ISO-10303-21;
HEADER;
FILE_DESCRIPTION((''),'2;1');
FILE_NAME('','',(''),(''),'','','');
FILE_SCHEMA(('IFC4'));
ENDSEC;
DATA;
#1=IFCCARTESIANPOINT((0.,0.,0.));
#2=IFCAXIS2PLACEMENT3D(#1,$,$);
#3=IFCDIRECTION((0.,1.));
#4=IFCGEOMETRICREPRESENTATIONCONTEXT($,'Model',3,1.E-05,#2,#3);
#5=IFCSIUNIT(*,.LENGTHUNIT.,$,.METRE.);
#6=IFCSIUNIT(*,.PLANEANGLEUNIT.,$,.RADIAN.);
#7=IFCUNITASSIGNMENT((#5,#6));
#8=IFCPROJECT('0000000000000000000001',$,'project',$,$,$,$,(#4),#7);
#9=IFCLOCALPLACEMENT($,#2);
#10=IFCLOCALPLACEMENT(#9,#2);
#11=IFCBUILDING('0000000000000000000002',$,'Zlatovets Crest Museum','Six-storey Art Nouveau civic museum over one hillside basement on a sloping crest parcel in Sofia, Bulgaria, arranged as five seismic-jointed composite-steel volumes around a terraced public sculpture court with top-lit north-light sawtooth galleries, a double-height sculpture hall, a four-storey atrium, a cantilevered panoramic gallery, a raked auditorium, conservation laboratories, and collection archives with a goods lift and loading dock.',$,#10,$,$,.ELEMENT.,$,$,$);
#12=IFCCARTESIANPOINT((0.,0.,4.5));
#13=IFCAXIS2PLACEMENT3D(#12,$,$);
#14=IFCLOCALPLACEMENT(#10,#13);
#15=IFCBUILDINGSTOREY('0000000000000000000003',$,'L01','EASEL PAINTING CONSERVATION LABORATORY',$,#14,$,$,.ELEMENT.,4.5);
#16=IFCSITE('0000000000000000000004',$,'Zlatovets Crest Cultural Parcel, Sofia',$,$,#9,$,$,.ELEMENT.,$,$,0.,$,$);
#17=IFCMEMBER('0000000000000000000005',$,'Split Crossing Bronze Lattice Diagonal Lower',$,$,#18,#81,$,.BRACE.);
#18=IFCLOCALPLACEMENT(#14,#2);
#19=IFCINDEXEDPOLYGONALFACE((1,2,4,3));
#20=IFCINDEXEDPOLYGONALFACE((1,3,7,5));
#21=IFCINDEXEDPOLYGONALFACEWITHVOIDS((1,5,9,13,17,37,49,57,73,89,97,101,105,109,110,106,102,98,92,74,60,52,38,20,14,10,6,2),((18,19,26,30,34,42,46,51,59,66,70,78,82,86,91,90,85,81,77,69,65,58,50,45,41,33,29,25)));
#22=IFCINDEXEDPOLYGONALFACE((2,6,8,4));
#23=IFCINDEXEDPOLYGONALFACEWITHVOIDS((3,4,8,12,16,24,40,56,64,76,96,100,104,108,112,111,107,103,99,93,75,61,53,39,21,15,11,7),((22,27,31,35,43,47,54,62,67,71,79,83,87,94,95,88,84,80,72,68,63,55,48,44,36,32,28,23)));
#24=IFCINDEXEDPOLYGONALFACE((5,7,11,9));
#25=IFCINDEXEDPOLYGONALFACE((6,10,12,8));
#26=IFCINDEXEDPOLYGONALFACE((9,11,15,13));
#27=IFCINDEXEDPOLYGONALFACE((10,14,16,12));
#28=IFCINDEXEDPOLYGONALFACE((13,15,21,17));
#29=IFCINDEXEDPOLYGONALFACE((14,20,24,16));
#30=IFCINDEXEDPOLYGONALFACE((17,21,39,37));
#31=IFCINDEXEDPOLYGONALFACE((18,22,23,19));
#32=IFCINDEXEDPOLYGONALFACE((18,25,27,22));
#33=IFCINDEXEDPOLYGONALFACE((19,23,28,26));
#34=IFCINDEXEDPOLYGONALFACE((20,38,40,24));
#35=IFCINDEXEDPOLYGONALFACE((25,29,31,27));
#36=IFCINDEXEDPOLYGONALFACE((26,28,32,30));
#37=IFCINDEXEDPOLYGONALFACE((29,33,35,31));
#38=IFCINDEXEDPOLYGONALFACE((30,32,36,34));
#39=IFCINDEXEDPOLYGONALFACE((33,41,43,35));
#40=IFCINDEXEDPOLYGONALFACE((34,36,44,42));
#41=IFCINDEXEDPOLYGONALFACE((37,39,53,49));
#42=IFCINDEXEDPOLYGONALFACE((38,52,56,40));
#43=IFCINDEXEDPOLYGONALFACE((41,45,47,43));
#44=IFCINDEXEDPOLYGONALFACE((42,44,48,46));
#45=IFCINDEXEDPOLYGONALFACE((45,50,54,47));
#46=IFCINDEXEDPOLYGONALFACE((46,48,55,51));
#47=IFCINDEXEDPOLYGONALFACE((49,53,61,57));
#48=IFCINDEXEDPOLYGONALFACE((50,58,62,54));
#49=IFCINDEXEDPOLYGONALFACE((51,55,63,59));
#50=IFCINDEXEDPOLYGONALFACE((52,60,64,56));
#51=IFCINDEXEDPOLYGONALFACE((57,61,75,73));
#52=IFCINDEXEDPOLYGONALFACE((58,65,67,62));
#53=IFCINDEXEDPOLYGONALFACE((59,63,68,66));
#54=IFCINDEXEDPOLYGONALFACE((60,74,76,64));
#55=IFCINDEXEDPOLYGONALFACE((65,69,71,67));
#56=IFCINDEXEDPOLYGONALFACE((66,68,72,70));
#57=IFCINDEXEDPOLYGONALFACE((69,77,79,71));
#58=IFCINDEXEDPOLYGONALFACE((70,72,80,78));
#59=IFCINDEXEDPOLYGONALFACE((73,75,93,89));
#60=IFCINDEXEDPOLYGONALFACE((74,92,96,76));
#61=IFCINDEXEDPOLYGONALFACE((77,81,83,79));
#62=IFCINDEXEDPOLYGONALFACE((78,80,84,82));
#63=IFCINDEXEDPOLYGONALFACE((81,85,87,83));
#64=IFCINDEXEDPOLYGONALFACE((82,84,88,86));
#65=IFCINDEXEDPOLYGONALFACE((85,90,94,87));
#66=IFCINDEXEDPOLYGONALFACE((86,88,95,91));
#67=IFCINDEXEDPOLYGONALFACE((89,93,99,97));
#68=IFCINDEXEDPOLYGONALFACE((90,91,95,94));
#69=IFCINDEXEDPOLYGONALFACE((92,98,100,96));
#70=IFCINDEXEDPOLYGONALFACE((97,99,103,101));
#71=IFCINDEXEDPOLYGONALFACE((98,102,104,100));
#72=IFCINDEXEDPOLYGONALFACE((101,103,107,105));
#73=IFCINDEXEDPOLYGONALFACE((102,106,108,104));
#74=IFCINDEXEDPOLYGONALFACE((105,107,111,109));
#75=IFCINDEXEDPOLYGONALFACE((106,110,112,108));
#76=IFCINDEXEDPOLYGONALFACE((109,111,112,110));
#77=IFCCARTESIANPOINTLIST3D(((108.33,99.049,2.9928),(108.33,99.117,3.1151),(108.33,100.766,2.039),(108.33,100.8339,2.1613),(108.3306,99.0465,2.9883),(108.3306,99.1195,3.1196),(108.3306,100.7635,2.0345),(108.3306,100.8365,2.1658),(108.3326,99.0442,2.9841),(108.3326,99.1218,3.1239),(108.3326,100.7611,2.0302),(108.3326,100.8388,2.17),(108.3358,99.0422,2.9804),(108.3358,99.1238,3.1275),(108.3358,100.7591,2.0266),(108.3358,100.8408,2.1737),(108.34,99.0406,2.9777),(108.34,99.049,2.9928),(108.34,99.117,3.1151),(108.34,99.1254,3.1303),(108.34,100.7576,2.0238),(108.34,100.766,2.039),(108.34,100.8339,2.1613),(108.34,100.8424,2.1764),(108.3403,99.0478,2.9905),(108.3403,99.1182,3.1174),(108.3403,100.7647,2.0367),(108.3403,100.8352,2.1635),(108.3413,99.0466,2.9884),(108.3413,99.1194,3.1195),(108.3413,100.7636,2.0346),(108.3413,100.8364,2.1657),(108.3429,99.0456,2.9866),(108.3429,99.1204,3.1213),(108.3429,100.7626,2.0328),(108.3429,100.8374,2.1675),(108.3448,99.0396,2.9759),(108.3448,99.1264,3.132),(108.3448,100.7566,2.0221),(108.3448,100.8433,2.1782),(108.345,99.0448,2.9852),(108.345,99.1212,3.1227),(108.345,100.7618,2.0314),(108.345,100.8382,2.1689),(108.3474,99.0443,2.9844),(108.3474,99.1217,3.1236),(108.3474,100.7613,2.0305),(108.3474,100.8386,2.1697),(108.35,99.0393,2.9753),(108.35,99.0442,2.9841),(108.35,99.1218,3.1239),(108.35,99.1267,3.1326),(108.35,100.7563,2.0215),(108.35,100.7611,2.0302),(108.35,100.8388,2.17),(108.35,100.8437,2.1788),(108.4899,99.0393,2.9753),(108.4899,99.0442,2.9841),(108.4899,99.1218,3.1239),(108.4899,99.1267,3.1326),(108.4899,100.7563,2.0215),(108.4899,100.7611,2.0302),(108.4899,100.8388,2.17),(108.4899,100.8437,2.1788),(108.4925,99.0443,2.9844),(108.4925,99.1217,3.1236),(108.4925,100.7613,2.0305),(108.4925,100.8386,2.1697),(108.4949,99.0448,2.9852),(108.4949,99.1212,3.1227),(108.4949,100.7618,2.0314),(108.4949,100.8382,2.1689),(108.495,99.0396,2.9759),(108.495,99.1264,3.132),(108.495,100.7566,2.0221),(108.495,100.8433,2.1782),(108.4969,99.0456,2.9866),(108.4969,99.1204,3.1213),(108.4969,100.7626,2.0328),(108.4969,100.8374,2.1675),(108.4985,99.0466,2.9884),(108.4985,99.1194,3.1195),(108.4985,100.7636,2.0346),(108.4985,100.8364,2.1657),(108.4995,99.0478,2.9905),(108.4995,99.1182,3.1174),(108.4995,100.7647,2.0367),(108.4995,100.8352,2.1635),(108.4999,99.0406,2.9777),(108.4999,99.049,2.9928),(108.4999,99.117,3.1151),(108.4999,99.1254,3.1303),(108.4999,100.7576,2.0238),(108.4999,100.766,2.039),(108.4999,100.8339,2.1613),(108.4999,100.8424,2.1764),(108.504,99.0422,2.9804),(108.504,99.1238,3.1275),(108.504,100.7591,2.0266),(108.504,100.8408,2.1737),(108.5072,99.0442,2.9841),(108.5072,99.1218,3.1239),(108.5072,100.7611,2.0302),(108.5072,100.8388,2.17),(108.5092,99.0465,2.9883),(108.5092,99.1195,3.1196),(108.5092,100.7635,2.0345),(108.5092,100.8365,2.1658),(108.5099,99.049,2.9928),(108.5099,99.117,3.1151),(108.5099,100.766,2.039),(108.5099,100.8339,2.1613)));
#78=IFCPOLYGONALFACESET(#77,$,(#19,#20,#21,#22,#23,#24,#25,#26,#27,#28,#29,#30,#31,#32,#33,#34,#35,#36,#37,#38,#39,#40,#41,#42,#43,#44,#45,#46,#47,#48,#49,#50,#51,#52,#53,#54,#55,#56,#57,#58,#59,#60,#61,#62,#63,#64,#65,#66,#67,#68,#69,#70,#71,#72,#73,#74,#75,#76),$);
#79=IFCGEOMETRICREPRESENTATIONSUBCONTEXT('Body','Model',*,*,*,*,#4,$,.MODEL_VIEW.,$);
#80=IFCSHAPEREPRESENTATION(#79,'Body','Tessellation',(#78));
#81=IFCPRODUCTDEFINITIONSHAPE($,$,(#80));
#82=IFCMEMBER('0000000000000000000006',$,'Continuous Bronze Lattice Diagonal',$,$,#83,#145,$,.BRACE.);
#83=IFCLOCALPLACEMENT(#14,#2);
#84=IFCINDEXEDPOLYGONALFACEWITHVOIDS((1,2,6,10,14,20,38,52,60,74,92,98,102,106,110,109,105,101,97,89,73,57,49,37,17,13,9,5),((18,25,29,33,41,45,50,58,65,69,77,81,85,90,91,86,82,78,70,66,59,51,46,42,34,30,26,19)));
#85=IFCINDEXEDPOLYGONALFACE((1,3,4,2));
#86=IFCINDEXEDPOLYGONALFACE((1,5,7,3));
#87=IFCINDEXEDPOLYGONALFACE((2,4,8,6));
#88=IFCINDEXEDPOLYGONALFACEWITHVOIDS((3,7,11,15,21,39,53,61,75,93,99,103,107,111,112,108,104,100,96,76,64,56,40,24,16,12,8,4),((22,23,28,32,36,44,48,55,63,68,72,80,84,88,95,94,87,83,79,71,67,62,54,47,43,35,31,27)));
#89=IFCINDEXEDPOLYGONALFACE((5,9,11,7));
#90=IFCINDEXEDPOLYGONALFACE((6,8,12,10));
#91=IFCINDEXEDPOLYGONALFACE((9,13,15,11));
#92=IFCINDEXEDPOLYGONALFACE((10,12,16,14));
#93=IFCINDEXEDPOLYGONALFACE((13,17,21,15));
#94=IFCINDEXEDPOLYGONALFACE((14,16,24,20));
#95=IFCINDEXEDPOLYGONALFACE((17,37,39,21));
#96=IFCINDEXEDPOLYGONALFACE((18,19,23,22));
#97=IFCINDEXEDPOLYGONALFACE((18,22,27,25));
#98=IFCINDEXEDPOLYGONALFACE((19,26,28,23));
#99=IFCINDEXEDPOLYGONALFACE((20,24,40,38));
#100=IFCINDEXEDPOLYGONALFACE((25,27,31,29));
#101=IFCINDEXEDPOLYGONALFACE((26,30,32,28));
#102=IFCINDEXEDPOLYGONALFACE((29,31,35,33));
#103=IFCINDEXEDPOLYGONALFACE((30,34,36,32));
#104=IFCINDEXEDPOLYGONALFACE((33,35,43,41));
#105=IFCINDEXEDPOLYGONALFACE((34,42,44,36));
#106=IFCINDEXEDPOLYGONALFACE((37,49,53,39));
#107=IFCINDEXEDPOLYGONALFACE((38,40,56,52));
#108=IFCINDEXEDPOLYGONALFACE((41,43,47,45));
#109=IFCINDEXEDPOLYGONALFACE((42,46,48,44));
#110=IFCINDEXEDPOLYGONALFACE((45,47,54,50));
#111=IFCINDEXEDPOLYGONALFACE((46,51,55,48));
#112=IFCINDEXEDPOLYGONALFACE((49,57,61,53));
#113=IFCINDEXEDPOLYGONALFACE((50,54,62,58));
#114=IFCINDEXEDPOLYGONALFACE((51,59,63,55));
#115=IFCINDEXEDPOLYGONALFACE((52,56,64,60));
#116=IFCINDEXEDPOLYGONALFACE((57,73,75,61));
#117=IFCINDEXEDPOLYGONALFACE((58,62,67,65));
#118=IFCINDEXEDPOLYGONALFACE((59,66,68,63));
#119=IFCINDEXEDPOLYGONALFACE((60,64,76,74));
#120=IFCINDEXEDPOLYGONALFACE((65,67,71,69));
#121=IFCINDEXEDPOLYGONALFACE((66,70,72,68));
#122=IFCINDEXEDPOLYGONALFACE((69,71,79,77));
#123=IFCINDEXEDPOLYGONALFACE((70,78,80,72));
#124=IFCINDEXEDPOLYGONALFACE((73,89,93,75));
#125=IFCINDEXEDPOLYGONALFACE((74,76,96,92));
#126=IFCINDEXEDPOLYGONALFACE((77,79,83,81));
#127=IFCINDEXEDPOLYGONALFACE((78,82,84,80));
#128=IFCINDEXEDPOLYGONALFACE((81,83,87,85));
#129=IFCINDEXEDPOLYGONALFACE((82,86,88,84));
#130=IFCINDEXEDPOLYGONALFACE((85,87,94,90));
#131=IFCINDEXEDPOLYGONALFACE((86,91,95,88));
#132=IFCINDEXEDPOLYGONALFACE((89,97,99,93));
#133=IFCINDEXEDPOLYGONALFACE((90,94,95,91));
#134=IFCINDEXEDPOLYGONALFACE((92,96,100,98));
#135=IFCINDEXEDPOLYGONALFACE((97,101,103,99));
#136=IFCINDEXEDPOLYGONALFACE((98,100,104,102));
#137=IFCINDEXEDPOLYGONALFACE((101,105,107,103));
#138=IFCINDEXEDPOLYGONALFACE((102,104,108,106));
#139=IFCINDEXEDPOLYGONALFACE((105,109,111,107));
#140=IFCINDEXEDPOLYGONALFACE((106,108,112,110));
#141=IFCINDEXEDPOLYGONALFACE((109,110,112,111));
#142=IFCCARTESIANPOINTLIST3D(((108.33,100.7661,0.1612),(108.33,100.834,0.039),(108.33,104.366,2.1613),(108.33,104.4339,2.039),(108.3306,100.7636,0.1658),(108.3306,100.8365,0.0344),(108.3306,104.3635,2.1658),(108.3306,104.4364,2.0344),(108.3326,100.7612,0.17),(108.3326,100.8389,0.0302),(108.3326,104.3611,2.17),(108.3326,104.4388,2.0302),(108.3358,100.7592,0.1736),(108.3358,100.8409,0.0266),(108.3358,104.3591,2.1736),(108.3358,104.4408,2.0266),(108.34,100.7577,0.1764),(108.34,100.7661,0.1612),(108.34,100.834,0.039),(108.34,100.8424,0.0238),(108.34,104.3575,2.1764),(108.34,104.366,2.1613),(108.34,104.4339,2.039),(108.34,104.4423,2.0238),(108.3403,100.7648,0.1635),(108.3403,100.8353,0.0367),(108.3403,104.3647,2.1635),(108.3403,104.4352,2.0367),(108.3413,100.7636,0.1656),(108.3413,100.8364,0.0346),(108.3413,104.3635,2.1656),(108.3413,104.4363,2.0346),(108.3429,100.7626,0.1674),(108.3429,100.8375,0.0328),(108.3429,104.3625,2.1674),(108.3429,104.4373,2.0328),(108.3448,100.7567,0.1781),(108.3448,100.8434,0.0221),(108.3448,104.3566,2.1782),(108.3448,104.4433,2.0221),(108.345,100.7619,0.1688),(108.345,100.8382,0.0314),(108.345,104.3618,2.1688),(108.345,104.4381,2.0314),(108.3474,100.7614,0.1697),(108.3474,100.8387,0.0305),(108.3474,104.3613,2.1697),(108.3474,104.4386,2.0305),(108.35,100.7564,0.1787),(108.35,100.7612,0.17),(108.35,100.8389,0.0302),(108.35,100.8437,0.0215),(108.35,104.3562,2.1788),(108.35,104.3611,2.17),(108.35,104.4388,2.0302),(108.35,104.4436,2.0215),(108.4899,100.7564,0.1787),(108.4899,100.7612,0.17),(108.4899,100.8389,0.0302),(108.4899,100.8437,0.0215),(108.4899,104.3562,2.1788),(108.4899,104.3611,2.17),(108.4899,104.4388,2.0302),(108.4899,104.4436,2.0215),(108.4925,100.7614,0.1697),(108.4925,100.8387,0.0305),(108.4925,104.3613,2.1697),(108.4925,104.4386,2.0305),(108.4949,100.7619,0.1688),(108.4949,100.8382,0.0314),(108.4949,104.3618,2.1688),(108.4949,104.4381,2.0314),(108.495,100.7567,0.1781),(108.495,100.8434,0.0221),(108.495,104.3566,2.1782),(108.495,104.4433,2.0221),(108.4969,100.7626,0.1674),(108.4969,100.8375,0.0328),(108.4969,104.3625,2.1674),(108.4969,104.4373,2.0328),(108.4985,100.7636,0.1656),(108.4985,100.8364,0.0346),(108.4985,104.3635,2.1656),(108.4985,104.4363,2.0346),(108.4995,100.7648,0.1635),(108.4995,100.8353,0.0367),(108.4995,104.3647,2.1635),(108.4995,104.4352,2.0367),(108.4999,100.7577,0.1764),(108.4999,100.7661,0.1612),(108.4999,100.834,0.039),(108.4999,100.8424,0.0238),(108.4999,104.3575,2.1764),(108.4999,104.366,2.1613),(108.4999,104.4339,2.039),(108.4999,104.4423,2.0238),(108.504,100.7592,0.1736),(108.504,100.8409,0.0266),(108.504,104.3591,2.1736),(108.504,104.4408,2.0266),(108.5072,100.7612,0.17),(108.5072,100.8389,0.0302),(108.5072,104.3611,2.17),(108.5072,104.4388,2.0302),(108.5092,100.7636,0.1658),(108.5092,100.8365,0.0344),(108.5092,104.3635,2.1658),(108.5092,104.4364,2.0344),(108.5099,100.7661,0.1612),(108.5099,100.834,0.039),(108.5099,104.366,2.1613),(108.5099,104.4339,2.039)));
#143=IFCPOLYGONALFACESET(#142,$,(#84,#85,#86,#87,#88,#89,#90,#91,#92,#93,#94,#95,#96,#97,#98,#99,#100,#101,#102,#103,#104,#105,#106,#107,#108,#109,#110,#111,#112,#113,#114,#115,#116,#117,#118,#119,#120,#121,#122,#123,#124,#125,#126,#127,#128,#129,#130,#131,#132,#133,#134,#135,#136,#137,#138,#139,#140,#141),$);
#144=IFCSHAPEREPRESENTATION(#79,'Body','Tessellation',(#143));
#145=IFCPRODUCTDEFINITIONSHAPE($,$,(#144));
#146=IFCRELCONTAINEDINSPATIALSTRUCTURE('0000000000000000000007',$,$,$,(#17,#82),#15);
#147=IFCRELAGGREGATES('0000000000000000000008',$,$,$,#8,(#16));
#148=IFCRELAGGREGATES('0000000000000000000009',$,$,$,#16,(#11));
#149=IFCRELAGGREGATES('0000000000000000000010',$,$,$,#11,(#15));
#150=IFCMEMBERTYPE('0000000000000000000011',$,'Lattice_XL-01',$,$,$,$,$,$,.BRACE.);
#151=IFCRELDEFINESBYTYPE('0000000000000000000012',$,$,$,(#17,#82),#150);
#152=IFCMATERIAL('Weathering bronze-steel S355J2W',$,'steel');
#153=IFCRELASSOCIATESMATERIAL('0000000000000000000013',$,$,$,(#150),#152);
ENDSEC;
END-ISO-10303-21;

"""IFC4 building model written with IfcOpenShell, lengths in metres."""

from ifc_helpers import new_model, si_unit, direction, frame, origin, origin_2d, place, context, subcontext, project, spatial, hollow_rectangle, extrude, material, material_profile, profile_set, type_object, element, save


model = new_model("IFC4")

# Units and contexts
model_context = context("Model", 3, precision=1e-05, world=origin(), true_north=direction((0.0, 1.0)))
body_context = subcontext(model_context, "Body", "Model", "MODEL_VIEW")
ifc_project = project(units=[si_unit("LENGTHUNIT", "METRE"), si_unit("PLANEANGLEUNIT", "RADIAN")], contexts=[model_context])

# Site, building, storey
site_placement = place(None, origin())
site = spatial("IfcSite", under=ifc_project, at=site_placement, Name="Zlatovets Crest Cultural Parcel, Sofia", CompositionType="ELEMENT", RefElevation=0.0)
building_placement = place(site_placement, origin())
building = spatial("IfcBuilding", under=site, at=building_placement, Name="Zlatovets Crest Museum", Description="Six-storey Art Nouveau civic museum over one hillside basement on a sloping crest parcel in Sofia, Bulgaria, arranged as five seismic-jointed composite-steel volumes around a terraced public sculpture court with top-lit north-light sawtooth galleries, a double-height sculpture hall, a four-storey atrium, a cantilevered panoramic gallery, a raked auditorium, conservation laboratories, and collection archives with a goods lift and loading dock.", CompositionType="ELEMENT")
storey_placement = place(building_placement, frame((0.0, 0.0, 4.5)))
storey = spatial("IfcBuildingStorey", under=building, at=storey_placement, Name="L01", Description="EASEL PAINTING CONSERVATION LABORATORY", CompositionType="ELEMENT", Elevation=4.5)

# Members
ifc_material_1 = material(Name="Weathering bronze-steel S355J2W", Category="steel")
ifc_material_profile_1 = material_profile(ifc_material_1, hollow_rectangle(XDim=0.1799, YDim=0.1799, WallThickness=0.01, InnerFilletRadius=0.01, OuterFilletRadius=0.02, at=origin_2d()), Name="SHS 180x180x10.0")
ifc_profile_set_1 = profile_set([ifc_material_profile_1], Name="Weathering bronze-steel S355J2W")
member_type_1 = type_object("IfcMemberType", Name="Lattice_XL-01", PredefinedType="BRACE", material=ifc_profile_set_1)
member_1_placement = place(storey_placement, frame((108.4199, 99.083, 3.054), z_axis=(0.0, 0.874169, -0.485622), x_axis=(-1.0, 0.0, 0.0)))
element("IfcMember", 1, at=member_1_placement, inside=storey, type_object=member_type_1, Name="Split Crossing Bronze Lattice Diagonal Lower", PredefinedType="BRACE", context=body_context, shape_type="SweptSolid", body=[
    extrude(hollow_rectangle(XDim=0.1799, YDim=0.1799, WallThickness=0.01, InnerFilletRadius=0.01, OuterFilletRadius=0.02, at=origin_2d()), origin(), (0.0, 0.0, 1.0), 1.9641),
])
member_2_placement = place(storey_placement, frame((108.4199, 100.8, 0.1001), z_axis=(0.0, 0.874149, 0.485658), x_axis=(-1.0, 0.0, 0.0)))
element("IfcMember", 2, at=member_2_placement, inside=storey, type_object=member_type_1, Name="Continuous Bronze Lattice Diagonal", PredefinedType="BRACE", context=body_context, shape_type="SweptSolid", body=[
    extrude(hollow_rectangle(XDim=0.1799, YDim=0.1799, WallThickness=0.01, InnerFilletRadius=0.01, OuterFilletRadius=0.02, at=origin_2d()), origin(), (0.0, 0.0, 1.0), 4.1182),
])

save(model, "model.ifc")
